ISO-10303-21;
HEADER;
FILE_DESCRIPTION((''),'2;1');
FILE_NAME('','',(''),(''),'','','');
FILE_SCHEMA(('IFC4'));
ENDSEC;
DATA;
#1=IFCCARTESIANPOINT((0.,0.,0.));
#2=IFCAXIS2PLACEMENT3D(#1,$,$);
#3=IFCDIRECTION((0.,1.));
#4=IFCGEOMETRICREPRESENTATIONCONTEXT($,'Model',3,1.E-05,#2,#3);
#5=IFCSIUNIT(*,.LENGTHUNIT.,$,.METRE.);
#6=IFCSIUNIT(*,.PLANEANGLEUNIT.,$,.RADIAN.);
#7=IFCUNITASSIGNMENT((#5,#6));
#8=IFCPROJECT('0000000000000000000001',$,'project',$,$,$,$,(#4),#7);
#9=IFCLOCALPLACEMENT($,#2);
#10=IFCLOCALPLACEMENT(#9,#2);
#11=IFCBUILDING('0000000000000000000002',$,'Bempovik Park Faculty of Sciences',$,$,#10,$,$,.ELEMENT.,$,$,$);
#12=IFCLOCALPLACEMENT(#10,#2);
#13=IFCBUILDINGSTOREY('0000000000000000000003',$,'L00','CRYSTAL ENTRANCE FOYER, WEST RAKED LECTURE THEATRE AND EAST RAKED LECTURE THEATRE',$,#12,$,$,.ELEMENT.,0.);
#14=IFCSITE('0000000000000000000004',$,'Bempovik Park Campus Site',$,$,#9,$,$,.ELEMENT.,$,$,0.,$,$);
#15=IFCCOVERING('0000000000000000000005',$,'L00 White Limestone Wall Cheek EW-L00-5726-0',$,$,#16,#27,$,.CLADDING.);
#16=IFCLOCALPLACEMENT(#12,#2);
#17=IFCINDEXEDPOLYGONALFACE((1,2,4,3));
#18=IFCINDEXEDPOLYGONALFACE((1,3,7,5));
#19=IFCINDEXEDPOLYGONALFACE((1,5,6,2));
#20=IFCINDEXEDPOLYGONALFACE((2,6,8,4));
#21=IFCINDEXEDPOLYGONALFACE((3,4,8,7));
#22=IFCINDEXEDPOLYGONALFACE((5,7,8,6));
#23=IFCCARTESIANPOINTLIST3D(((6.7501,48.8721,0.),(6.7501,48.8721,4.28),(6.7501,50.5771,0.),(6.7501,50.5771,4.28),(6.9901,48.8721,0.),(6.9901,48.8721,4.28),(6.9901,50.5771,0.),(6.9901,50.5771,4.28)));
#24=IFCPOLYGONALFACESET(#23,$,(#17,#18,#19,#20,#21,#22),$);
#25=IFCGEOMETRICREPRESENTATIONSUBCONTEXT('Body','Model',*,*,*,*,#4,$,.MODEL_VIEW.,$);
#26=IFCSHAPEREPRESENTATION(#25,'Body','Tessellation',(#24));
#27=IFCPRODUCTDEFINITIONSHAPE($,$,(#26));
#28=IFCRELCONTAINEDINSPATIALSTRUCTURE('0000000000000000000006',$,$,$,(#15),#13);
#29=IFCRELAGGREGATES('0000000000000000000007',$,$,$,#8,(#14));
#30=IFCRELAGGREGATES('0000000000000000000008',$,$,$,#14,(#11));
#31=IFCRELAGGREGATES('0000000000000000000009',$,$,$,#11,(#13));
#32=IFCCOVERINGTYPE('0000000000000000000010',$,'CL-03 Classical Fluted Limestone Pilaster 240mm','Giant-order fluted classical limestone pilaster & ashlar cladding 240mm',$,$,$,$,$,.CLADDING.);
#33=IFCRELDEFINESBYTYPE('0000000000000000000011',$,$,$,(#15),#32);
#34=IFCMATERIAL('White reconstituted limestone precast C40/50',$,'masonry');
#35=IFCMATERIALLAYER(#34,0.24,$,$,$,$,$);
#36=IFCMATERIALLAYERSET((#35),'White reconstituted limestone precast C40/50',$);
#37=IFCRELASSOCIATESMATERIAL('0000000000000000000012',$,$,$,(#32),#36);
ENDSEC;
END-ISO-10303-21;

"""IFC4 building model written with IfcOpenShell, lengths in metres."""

from ifc_helpers import new_model, si_unit, direction, frame, origin, origin_2d, place, context, subcontext, project, spatial, rectangle, extrude, material, layer, layer_set, type_object, element, save


model = new_model("IFC4")

# Units and contexts
model_context = context("Model", 3, precision=1e-05, world=origin(), true_north=direction((0.0, 1.0)))
body_context = subcontext(model_context, "Body", "Model", "MODEL_VIEW")
ifc_project = project(units=[si_unit("LENGTHUNIT", "METRE"), si_unit("PLANEANGLEUNIT", "RADIAN")], contexts=[model_context])

# Site, building, storey
site_placement = place(None, origin())
site = spatial("IfcSite", under=ifc_project, at=site_placement, Name="Bempovik Park Campus Site", CompositionType="ELEMENT", RefElevation=0.0)
building_placement = place(site_placement, origin())
building = spatial("IfcBuilding", under=site, at=building_placement, Name="Bempovik Park Faculty of Sciences", CompositionType="ELEMENT")
storey_placement = place(building_placement, origin())
storey = spatial("IfcBuildingStorey", under=building, at=storey_placement, Name="L00", Description="CRYSTAL ENTRANCE FOYER, WEST RAKED LECTURE THEATRE AND EAST RAKED LECTURE THEATRE", CompositionType="ELEMENT", Elevation=0.0)

# Covering
ifc_material_1 = material(Name="White reconstituted limestone precast C40/50", Category="masonry")
ifc_layer_1 = layer(ifc_material_1, 0.24)
ifc_layer_set_1 = layer_set([ifc_layer_1], Name="White reconstituted limestone precast C40/50")
covering_type_1 = type_object("IfcCoveringType", Name="CL-03 Classical Fluted Limestone Pilaster 240mm", Description="Giant-order fluted classical limestone pilaster & ashlar cladding 240mm", PredefinedType="CLADDING", material=ifc_layer_set_1)
covering_1_placement = place(storey_placement, frame((6.8701, 49.7246, 0.0), z_axis=(0.0, 0.0, 1.0), x_axis=(1.0, 0.0, 0.0)))
element("IfcCovering", 1, at=covering_1_placement, inside=storey, type_object=covering_type_1, Name="L00 White Limestone Wall Cheek EW-L00-5726-0", PredefinedType="CLADDING", context=body_context, shape_type="SweptSolid", body=[
    extrude(rectangle(XDim=0.24, YDim=1.7051, at=origin_2d()), origin(), (0.0, 0.0, 1.0), 4.28),
])

save(model, "model.ifc")
